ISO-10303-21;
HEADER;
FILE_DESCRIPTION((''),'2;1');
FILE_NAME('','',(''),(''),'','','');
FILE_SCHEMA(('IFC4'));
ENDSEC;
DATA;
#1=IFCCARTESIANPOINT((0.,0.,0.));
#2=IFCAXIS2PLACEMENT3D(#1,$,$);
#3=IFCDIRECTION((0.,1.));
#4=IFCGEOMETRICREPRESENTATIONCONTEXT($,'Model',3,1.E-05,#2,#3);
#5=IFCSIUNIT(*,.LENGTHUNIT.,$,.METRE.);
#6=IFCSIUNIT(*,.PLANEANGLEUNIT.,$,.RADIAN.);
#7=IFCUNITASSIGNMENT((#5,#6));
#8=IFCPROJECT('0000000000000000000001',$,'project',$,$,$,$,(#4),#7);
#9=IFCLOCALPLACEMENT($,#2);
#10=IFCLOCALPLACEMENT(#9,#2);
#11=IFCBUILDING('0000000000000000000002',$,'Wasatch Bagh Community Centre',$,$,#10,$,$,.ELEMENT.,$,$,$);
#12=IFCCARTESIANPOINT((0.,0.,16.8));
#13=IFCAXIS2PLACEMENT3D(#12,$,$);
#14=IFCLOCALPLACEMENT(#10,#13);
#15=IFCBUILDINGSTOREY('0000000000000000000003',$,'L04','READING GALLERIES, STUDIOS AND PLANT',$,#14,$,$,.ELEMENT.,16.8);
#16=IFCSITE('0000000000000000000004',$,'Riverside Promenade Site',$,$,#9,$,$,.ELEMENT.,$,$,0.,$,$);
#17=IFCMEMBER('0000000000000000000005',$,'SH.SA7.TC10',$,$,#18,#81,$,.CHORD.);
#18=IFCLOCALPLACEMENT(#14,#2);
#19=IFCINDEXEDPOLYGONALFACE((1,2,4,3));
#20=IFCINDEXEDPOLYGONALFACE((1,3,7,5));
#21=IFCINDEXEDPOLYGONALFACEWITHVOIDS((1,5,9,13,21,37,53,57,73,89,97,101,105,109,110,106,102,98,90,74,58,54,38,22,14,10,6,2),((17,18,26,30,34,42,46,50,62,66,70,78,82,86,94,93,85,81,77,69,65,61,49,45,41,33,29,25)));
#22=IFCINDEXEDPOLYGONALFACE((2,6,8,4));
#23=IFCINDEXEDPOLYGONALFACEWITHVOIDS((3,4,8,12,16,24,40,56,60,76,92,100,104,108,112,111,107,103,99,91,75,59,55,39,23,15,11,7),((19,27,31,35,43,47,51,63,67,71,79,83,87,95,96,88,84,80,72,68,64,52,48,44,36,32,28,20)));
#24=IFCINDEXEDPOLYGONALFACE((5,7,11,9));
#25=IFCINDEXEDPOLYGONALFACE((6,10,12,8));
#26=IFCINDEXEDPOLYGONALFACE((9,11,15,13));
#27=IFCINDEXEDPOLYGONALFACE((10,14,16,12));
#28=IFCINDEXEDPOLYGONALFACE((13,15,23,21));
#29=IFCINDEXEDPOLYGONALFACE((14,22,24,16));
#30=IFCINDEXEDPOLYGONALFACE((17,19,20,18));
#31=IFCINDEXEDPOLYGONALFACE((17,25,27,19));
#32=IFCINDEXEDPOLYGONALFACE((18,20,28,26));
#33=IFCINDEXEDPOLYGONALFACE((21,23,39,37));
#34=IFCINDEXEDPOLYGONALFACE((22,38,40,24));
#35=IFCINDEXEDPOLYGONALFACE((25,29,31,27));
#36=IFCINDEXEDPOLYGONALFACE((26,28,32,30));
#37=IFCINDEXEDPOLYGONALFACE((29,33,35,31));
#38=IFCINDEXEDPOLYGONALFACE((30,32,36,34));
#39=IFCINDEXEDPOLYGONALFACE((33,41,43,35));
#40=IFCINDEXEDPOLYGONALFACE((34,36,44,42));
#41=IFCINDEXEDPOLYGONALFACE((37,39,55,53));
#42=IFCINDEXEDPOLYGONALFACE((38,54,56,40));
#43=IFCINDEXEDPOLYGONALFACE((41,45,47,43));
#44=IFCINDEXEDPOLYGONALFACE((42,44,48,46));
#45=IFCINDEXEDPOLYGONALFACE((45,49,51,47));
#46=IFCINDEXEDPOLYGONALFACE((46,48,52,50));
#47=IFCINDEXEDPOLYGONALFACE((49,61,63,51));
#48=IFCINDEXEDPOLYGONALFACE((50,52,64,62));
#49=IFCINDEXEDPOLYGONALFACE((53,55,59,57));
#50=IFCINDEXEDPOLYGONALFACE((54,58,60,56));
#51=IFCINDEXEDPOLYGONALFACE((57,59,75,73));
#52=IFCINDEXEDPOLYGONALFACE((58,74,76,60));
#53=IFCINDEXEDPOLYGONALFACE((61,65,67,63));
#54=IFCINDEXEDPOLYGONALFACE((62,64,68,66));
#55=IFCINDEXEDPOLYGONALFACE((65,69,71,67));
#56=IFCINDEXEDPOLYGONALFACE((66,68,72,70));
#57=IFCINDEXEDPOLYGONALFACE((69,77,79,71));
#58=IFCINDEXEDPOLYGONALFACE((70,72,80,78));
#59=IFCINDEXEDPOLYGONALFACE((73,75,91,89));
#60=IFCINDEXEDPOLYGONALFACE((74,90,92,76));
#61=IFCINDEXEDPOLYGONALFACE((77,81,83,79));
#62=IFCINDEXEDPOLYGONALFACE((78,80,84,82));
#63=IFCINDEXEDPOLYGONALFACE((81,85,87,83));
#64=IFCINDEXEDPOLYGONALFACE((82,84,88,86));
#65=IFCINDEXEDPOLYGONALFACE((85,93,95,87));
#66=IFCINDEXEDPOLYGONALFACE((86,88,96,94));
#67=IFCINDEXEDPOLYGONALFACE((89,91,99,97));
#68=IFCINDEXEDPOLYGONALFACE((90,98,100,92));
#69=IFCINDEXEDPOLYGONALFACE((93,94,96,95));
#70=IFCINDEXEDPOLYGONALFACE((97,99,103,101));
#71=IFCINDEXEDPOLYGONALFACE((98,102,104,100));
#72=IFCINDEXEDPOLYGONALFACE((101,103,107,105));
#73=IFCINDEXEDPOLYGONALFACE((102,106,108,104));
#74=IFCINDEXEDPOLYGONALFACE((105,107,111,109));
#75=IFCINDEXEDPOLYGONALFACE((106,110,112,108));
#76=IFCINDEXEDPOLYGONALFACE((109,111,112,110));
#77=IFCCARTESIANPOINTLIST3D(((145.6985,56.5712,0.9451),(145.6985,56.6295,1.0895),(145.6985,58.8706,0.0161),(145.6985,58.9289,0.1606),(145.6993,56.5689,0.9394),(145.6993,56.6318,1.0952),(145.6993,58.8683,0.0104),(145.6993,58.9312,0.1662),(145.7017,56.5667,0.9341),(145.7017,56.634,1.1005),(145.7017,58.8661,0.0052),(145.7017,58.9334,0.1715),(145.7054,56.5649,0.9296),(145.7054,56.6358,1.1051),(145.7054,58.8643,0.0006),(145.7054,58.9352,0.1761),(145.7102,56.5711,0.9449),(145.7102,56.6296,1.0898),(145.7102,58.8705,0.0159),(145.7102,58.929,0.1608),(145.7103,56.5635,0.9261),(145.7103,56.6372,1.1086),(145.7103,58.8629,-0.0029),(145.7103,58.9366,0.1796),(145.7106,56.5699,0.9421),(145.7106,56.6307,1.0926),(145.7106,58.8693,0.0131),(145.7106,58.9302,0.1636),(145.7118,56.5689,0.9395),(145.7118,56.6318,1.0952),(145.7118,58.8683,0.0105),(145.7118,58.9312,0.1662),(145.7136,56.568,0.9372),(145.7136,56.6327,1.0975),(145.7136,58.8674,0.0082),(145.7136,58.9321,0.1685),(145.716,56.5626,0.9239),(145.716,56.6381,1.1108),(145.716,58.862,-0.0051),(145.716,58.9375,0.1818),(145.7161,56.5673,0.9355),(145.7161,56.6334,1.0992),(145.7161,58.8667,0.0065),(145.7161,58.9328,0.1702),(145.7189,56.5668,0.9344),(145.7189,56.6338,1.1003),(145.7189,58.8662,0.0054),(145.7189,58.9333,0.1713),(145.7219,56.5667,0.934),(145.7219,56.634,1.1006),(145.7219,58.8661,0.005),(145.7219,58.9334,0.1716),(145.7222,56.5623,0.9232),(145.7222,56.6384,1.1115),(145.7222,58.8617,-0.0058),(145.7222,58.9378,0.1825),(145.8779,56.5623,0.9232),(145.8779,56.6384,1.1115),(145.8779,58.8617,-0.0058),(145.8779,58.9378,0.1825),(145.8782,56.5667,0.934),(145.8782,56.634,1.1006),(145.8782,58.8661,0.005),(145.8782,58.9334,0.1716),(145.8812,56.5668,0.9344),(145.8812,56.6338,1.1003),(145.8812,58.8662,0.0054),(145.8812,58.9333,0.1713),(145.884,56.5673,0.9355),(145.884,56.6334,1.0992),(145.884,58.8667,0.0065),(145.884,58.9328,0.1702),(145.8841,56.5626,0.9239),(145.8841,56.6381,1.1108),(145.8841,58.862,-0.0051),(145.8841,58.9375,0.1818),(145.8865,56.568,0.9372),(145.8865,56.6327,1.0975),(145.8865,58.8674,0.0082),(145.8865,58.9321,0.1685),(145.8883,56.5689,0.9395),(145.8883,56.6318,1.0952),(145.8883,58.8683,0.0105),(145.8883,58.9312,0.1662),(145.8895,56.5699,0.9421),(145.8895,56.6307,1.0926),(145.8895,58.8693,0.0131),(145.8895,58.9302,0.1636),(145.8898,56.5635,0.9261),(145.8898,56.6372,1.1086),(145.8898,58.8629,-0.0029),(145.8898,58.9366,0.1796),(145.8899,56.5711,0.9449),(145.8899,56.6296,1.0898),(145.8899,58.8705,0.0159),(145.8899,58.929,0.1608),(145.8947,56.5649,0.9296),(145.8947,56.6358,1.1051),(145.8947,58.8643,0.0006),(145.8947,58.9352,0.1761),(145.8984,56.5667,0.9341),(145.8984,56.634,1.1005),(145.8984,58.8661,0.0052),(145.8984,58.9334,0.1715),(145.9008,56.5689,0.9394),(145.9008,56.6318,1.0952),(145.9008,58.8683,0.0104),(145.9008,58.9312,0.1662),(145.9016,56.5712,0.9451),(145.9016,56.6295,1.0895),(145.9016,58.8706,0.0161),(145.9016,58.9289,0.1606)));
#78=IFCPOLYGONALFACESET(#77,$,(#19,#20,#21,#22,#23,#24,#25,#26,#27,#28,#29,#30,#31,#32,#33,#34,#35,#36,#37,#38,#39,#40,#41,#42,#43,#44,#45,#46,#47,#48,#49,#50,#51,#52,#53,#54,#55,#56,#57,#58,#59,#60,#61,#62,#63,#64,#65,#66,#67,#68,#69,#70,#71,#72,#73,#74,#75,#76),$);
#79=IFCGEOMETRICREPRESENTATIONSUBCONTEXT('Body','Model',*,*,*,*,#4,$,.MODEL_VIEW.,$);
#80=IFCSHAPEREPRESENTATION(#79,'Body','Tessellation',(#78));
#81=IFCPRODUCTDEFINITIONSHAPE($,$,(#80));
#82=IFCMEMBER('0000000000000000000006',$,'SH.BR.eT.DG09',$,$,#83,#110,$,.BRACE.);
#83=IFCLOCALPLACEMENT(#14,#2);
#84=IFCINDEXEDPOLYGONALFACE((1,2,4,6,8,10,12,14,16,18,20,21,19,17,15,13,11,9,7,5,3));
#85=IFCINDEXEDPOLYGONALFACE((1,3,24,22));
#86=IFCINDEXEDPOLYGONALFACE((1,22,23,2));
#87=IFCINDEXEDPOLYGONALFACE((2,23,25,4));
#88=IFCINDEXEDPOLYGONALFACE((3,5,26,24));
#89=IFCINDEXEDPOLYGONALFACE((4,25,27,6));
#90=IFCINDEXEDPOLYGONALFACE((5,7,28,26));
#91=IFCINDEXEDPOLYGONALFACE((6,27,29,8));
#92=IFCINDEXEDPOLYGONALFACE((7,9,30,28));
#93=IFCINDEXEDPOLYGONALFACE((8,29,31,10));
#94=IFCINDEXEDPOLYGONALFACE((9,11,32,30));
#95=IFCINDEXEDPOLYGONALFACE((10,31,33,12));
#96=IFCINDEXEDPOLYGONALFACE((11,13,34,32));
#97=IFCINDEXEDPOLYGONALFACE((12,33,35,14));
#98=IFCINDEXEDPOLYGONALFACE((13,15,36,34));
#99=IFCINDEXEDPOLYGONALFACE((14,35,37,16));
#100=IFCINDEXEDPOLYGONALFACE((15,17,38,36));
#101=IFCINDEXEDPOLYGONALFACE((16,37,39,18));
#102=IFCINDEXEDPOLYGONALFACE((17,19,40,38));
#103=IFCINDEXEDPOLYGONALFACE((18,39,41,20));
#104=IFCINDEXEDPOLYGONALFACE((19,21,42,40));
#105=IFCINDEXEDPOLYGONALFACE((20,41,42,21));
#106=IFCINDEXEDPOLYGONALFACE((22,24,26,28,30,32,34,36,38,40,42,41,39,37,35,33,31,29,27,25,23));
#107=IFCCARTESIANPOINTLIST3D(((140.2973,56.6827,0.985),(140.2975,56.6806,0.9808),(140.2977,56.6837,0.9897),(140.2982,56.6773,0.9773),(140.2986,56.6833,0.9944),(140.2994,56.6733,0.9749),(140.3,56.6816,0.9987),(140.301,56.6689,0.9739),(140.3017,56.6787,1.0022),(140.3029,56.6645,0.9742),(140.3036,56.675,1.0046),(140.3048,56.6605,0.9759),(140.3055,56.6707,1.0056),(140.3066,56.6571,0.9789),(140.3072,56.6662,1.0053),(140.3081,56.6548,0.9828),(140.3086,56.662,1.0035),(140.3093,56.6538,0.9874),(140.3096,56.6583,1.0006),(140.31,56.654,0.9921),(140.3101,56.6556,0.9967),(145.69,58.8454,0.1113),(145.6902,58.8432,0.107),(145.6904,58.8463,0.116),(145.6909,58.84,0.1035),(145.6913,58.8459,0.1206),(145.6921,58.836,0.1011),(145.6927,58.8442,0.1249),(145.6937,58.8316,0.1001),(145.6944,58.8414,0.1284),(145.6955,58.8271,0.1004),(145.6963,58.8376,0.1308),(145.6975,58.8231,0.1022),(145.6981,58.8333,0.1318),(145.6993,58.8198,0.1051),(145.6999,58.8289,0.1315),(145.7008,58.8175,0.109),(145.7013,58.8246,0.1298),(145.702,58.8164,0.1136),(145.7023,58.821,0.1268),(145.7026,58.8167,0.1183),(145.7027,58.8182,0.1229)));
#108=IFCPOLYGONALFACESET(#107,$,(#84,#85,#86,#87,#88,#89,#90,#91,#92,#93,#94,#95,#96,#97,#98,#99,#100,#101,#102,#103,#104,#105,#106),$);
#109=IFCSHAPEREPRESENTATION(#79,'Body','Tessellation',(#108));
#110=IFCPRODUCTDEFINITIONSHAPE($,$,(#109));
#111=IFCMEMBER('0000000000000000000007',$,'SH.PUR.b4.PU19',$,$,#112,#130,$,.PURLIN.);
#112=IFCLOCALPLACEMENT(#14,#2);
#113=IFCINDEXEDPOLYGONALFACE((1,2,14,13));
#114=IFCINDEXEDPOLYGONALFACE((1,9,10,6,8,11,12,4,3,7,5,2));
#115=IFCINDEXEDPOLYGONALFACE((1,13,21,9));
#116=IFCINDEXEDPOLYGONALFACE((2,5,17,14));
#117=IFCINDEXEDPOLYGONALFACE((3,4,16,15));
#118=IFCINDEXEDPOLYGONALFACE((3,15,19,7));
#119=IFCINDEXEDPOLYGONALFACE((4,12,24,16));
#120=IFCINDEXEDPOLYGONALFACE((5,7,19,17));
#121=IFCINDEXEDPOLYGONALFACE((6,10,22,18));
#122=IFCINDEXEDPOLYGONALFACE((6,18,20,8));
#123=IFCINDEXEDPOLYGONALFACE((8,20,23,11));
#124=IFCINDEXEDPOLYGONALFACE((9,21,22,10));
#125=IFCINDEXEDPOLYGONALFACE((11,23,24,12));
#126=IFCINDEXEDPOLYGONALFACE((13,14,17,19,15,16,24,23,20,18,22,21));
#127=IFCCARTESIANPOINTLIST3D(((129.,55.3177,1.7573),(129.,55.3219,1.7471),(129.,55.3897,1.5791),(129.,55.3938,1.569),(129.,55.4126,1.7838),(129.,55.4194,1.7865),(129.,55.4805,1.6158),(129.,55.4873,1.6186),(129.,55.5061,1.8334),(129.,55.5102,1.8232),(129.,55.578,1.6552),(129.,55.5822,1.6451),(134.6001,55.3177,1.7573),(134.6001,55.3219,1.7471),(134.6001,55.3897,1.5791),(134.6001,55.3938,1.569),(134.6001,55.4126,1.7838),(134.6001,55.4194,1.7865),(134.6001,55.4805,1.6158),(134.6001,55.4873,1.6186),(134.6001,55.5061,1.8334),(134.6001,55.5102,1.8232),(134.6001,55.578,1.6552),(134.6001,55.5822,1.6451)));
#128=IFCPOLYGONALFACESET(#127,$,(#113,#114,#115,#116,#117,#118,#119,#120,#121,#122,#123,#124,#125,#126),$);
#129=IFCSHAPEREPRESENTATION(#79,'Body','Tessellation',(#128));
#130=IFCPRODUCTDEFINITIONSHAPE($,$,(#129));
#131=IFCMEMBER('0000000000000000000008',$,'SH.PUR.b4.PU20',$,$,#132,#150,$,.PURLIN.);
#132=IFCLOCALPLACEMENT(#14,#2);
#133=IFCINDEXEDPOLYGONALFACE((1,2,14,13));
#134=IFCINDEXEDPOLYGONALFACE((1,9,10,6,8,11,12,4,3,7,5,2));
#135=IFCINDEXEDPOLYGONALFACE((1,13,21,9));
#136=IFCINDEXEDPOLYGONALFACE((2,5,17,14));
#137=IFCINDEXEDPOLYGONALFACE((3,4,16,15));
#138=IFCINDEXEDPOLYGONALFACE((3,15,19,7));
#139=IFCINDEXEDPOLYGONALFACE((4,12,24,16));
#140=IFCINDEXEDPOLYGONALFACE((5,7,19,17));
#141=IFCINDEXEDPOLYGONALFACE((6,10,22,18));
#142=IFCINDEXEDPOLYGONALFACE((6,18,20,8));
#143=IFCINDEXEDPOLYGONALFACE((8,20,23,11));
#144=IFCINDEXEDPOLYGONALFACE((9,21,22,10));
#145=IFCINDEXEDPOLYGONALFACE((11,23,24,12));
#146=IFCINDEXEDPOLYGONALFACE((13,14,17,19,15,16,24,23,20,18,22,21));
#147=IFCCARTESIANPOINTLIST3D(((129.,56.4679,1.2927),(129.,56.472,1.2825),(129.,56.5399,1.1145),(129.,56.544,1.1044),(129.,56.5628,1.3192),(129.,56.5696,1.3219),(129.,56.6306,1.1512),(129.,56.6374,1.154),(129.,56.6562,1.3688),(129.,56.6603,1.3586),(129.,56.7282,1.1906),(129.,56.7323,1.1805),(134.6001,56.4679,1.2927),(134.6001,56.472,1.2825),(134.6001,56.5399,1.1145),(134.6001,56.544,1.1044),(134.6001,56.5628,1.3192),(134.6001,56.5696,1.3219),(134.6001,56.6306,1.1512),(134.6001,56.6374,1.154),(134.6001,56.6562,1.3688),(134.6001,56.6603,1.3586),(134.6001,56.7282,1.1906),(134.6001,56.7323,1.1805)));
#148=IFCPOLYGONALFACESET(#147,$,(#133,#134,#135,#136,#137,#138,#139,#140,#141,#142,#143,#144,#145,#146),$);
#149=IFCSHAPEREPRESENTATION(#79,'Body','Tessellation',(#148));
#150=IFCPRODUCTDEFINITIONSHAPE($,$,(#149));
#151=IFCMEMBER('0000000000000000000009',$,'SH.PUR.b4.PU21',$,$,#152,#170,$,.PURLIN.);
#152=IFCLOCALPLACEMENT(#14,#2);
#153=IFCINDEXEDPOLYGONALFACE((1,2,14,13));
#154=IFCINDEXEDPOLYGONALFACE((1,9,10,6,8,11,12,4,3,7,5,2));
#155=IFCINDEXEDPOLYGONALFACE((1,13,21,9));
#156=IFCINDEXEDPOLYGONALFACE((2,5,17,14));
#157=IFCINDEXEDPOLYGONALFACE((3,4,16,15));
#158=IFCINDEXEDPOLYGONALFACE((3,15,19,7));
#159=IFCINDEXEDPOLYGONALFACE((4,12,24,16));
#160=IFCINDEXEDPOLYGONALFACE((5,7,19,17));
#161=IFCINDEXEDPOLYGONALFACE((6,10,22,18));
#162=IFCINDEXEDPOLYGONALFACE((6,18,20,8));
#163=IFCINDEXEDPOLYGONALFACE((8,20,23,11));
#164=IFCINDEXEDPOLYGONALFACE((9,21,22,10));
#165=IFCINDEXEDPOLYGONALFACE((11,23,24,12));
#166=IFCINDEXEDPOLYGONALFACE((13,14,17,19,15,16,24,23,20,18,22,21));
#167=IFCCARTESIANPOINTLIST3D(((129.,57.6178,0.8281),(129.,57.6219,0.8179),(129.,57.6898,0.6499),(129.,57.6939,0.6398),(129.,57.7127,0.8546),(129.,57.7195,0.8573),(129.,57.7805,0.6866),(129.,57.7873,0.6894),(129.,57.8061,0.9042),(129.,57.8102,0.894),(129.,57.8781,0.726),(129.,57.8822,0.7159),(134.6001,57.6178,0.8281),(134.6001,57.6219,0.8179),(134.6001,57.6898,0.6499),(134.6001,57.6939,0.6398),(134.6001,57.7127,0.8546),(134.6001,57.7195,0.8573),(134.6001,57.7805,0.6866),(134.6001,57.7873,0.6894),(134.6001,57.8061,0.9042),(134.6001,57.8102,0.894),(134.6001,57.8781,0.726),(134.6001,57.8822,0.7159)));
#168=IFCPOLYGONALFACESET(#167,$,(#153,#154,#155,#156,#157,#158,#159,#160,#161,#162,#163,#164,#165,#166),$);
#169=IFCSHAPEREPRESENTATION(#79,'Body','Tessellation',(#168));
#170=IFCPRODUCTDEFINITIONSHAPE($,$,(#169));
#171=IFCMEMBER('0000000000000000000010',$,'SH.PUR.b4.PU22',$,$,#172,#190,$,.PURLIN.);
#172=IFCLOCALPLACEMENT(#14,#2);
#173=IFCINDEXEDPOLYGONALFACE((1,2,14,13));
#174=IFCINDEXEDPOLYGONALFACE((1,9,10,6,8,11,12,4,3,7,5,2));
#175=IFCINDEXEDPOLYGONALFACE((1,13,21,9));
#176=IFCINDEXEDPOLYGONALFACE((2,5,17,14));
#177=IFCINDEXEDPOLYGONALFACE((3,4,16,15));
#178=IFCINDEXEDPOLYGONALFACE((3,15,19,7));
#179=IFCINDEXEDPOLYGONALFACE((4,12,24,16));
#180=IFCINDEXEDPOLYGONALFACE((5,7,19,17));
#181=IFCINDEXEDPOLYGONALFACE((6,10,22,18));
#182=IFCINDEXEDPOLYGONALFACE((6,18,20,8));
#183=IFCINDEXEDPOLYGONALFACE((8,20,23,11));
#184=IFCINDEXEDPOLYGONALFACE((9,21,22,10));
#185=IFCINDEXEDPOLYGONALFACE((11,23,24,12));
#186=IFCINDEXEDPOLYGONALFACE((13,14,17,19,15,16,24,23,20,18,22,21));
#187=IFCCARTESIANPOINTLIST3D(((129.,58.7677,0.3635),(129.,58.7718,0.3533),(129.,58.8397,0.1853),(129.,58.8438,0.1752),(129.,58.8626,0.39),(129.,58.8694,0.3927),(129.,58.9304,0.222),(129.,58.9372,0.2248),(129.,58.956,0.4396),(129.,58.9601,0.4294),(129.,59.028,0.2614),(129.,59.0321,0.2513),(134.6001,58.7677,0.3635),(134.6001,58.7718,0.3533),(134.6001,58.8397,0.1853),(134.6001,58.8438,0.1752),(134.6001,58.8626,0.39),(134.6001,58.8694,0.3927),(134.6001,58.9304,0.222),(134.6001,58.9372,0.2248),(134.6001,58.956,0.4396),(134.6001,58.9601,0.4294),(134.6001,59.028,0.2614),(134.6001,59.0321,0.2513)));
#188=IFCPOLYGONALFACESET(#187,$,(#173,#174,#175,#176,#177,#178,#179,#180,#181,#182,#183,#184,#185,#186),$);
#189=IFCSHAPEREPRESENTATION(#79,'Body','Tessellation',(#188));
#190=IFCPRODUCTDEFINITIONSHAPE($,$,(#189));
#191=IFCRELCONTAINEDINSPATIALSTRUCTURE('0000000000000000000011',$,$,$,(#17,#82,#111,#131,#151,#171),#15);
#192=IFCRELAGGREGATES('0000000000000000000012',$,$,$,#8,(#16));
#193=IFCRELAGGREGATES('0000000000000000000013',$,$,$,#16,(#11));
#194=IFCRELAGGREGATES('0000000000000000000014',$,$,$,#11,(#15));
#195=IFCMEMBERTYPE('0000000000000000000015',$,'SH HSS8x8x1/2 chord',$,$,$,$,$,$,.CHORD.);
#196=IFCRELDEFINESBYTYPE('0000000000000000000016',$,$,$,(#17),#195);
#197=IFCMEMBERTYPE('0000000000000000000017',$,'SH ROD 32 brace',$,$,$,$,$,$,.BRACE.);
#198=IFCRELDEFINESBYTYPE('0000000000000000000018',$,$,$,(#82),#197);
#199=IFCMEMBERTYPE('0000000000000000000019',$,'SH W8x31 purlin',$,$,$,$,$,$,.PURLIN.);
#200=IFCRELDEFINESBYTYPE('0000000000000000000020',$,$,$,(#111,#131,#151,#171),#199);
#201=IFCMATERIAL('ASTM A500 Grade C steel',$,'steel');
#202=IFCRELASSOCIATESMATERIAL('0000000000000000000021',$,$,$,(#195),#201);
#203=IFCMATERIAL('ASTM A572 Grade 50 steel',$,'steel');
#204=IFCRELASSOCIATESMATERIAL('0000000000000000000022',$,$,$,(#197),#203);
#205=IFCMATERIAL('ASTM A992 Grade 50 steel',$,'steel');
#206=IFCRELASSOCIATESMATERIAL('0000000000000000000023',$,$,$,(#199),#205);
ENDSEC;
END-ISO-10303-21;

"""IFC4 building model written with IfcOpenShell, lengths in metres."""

from ifc_helpers import new_model, si_unit, direction, frame, origin, origin_2d, place, context, subcontext, project, spatial, hollow_rectangle, circle, i_section, extrude, material, material_profile, profile_set, type_object, element, save


model = new_model("IFC4")

# Units and contexts
model_context = context("Model", 3, precision=1e-05, world=origin(), true_north=direction((0.0, 1.0)))
body_context = subcontext(model_context, "Body", "Model", "MODEL_VIEW")
ifc_project = project(units=[si_unit("LENGTHUNIT", "METRE"), si_unit("PLANEANGLEUNIT", "RADIAN")], contexts=[model_context])

# Site, building, storey
site_placement = place(None, origin())
site = spatial("IfcSite", under=ifc_project, at=site_placement, Name="Riverside Promenade Site", CompositionType="ELEMENT", RefElevation=0.0)
building_placement = place(site_placement, origin())
building = spatial("IfcBuilding", under=site, at=building_placement, Name="Wasatch Bagh Community Centre", CompositionType="ELEMENT")
storey_placement = place(building_placement, frame((0.0, 0.0, 16.8)))
storey = spatial("IfcBuildingStorey", under=building, at=storey_placement, Name="L04", Description="READING GALLERIES, STUDIOS AND PLANT", CompositionType="ELEMENT", Elevation=16.8)

# Members
ifc_material_1 = material(Name="ASTM A500 Grade C steel", Category="steel")
ifc_material_profile_1 = material_profile(ifc_material_1, hollow_rectangle(XDim=0.2031, YDim=0.2031, WallThickness=0.0117, InnerFilletRadius=0.0117, OuterFilletRadius=0.0237, at=origin_2d()), Name="HSS8x8x1/2")
ifc_profile_set_1 = profile_set([ifc_material_profile_1], Name="ASTM A500 Grade C steel")
member_type_1 = type_object("IfcMemberType", Name="SH HSS8x8x1/2 chord", PredefinedType="CHORD", material=ifc_profile_set_1)
for number, where, z_axis, x_axis, name in (
    (1, (145.8, 56.6003, 1.0173), (0.0, 0.927188, -0.374597), (-1.0, 0.0, 0.0), "SH.SA7.TC10"),
):
    element("IfcMember", number, at=place(storey_placement, frame(where, z_axis=z_axis, x_axis=x_axis)), inside=storey, type_object=member_type_1, Name=name, PredefinedType="CHORD", context=body_context, shape_type="SweptSolid", body=[
        extrude(hollow_rectangle(XDim=0.2031, YDim=0.2031, WallThickness=0.0117, InnerFilletRadius=0.0117, OuterFilletRadius=0.0237, at=origin_2d()), origin(), (0.0, 0.0, 1.0), 2.48),
    ])
ifc_material_2 = material(Name="ASTM A572 Grade 50 steel", Category="steel")
ifc_material_profile_2 = material_profile(ifc_material_2, circle(Radius=0.0161, at=origin_2d()), Name="ROD 32")
ifc_profile_set_2 = profile_set([ifc_material_profile_2], Name="ASTM A572 Grade 50 steel")
member_type_2 = type_object("IfcMemberType", Name="SH ROD 32 brace", PredefinedType="BRACE", material=ifc_profile_set_2)
member_1_placement = place(storey_placement, frame((140.3037, 56.6687, 0.9897), z_axis=(0.917825, 0.368077, -0.148718), x_axis=(-0.372216, 0.928146, 0.0)))
element("IfcMember", 2, at=member_1_placement, inside=storey, type_object=member_type_2, Name="SH.BR.eT.DG09", PredefinedType="BRACE", context=body_context, shape_type="SweptSolid", body=[
    extrude(circle(Radius=0.0161, at=origin_2d()), origin(), (0.0, 0.0, 1.0), 5.8755),
])
ifc_material_3 = material(Name="ASTM A992 Grade 50 steel", Category="steel")
ifc_material_profile_3 = material_profile(ifc_material_3, i_section(OverallWidth=0.2031, OverallDepth=0.2031, WebThickness=0.0073, FlangeThickness=0.011, at=origin_2d()), Name="W8x31")
ifc_profile_set_3 = profile_set([ifc_material_profile_3], Name="ASTM A992 Grade 50 steel")
member_type_3 = type_object("IfcMemberType", Name="SH W8x31 purlin", PredefinedType="PURLIN", material=ifc_profile_set_3)
for number, where, z_axis, x_axis, name in (
    (3, (129.0, 55.45, 1.7012), (1.0, 0.0, 0.0), (0.0, 0.927184, 0.374607), "SH.PUR.b4.PU19"),
    (4, (129.0, 56.6001, 1.2366), (1.0, 0.0, 0.0), (0.0, 0.927184, 0.374607), "SH.PUR.b4.PU20"),
    (5, (129.0, 57.75, 0.772), (1.0, 0.0, 0.0), (0.0, 0.927184, 0.374607), "SH.PUR.b4.PU21"),
    (6, (129.0, 58.8999, 0.3074), (1.0, 0.0, 0.0), (0.0, 0.927184, 0.374607), "SH.PUR.b4.PU22"),
):
    element("IfcMember", number, at=place(storey_placement, frame(where, z_axis=z_axis, x_axis=x_axis)), inside=storey, type_object=member_type_3, Name=name, PredefinedType="PURLIN", context=body_context, shape_type="SweptSolid", body=[
        extrude(i_section(OverallWidth=0.2031, OverallDepth=0.2031, WebThickness=0.0073, FlangeThickness=0.011, at=origin_2d()), origin(), (0.0, 0.0, 1.0), 5.6001),
    ])

save(model, "model.ifc")
